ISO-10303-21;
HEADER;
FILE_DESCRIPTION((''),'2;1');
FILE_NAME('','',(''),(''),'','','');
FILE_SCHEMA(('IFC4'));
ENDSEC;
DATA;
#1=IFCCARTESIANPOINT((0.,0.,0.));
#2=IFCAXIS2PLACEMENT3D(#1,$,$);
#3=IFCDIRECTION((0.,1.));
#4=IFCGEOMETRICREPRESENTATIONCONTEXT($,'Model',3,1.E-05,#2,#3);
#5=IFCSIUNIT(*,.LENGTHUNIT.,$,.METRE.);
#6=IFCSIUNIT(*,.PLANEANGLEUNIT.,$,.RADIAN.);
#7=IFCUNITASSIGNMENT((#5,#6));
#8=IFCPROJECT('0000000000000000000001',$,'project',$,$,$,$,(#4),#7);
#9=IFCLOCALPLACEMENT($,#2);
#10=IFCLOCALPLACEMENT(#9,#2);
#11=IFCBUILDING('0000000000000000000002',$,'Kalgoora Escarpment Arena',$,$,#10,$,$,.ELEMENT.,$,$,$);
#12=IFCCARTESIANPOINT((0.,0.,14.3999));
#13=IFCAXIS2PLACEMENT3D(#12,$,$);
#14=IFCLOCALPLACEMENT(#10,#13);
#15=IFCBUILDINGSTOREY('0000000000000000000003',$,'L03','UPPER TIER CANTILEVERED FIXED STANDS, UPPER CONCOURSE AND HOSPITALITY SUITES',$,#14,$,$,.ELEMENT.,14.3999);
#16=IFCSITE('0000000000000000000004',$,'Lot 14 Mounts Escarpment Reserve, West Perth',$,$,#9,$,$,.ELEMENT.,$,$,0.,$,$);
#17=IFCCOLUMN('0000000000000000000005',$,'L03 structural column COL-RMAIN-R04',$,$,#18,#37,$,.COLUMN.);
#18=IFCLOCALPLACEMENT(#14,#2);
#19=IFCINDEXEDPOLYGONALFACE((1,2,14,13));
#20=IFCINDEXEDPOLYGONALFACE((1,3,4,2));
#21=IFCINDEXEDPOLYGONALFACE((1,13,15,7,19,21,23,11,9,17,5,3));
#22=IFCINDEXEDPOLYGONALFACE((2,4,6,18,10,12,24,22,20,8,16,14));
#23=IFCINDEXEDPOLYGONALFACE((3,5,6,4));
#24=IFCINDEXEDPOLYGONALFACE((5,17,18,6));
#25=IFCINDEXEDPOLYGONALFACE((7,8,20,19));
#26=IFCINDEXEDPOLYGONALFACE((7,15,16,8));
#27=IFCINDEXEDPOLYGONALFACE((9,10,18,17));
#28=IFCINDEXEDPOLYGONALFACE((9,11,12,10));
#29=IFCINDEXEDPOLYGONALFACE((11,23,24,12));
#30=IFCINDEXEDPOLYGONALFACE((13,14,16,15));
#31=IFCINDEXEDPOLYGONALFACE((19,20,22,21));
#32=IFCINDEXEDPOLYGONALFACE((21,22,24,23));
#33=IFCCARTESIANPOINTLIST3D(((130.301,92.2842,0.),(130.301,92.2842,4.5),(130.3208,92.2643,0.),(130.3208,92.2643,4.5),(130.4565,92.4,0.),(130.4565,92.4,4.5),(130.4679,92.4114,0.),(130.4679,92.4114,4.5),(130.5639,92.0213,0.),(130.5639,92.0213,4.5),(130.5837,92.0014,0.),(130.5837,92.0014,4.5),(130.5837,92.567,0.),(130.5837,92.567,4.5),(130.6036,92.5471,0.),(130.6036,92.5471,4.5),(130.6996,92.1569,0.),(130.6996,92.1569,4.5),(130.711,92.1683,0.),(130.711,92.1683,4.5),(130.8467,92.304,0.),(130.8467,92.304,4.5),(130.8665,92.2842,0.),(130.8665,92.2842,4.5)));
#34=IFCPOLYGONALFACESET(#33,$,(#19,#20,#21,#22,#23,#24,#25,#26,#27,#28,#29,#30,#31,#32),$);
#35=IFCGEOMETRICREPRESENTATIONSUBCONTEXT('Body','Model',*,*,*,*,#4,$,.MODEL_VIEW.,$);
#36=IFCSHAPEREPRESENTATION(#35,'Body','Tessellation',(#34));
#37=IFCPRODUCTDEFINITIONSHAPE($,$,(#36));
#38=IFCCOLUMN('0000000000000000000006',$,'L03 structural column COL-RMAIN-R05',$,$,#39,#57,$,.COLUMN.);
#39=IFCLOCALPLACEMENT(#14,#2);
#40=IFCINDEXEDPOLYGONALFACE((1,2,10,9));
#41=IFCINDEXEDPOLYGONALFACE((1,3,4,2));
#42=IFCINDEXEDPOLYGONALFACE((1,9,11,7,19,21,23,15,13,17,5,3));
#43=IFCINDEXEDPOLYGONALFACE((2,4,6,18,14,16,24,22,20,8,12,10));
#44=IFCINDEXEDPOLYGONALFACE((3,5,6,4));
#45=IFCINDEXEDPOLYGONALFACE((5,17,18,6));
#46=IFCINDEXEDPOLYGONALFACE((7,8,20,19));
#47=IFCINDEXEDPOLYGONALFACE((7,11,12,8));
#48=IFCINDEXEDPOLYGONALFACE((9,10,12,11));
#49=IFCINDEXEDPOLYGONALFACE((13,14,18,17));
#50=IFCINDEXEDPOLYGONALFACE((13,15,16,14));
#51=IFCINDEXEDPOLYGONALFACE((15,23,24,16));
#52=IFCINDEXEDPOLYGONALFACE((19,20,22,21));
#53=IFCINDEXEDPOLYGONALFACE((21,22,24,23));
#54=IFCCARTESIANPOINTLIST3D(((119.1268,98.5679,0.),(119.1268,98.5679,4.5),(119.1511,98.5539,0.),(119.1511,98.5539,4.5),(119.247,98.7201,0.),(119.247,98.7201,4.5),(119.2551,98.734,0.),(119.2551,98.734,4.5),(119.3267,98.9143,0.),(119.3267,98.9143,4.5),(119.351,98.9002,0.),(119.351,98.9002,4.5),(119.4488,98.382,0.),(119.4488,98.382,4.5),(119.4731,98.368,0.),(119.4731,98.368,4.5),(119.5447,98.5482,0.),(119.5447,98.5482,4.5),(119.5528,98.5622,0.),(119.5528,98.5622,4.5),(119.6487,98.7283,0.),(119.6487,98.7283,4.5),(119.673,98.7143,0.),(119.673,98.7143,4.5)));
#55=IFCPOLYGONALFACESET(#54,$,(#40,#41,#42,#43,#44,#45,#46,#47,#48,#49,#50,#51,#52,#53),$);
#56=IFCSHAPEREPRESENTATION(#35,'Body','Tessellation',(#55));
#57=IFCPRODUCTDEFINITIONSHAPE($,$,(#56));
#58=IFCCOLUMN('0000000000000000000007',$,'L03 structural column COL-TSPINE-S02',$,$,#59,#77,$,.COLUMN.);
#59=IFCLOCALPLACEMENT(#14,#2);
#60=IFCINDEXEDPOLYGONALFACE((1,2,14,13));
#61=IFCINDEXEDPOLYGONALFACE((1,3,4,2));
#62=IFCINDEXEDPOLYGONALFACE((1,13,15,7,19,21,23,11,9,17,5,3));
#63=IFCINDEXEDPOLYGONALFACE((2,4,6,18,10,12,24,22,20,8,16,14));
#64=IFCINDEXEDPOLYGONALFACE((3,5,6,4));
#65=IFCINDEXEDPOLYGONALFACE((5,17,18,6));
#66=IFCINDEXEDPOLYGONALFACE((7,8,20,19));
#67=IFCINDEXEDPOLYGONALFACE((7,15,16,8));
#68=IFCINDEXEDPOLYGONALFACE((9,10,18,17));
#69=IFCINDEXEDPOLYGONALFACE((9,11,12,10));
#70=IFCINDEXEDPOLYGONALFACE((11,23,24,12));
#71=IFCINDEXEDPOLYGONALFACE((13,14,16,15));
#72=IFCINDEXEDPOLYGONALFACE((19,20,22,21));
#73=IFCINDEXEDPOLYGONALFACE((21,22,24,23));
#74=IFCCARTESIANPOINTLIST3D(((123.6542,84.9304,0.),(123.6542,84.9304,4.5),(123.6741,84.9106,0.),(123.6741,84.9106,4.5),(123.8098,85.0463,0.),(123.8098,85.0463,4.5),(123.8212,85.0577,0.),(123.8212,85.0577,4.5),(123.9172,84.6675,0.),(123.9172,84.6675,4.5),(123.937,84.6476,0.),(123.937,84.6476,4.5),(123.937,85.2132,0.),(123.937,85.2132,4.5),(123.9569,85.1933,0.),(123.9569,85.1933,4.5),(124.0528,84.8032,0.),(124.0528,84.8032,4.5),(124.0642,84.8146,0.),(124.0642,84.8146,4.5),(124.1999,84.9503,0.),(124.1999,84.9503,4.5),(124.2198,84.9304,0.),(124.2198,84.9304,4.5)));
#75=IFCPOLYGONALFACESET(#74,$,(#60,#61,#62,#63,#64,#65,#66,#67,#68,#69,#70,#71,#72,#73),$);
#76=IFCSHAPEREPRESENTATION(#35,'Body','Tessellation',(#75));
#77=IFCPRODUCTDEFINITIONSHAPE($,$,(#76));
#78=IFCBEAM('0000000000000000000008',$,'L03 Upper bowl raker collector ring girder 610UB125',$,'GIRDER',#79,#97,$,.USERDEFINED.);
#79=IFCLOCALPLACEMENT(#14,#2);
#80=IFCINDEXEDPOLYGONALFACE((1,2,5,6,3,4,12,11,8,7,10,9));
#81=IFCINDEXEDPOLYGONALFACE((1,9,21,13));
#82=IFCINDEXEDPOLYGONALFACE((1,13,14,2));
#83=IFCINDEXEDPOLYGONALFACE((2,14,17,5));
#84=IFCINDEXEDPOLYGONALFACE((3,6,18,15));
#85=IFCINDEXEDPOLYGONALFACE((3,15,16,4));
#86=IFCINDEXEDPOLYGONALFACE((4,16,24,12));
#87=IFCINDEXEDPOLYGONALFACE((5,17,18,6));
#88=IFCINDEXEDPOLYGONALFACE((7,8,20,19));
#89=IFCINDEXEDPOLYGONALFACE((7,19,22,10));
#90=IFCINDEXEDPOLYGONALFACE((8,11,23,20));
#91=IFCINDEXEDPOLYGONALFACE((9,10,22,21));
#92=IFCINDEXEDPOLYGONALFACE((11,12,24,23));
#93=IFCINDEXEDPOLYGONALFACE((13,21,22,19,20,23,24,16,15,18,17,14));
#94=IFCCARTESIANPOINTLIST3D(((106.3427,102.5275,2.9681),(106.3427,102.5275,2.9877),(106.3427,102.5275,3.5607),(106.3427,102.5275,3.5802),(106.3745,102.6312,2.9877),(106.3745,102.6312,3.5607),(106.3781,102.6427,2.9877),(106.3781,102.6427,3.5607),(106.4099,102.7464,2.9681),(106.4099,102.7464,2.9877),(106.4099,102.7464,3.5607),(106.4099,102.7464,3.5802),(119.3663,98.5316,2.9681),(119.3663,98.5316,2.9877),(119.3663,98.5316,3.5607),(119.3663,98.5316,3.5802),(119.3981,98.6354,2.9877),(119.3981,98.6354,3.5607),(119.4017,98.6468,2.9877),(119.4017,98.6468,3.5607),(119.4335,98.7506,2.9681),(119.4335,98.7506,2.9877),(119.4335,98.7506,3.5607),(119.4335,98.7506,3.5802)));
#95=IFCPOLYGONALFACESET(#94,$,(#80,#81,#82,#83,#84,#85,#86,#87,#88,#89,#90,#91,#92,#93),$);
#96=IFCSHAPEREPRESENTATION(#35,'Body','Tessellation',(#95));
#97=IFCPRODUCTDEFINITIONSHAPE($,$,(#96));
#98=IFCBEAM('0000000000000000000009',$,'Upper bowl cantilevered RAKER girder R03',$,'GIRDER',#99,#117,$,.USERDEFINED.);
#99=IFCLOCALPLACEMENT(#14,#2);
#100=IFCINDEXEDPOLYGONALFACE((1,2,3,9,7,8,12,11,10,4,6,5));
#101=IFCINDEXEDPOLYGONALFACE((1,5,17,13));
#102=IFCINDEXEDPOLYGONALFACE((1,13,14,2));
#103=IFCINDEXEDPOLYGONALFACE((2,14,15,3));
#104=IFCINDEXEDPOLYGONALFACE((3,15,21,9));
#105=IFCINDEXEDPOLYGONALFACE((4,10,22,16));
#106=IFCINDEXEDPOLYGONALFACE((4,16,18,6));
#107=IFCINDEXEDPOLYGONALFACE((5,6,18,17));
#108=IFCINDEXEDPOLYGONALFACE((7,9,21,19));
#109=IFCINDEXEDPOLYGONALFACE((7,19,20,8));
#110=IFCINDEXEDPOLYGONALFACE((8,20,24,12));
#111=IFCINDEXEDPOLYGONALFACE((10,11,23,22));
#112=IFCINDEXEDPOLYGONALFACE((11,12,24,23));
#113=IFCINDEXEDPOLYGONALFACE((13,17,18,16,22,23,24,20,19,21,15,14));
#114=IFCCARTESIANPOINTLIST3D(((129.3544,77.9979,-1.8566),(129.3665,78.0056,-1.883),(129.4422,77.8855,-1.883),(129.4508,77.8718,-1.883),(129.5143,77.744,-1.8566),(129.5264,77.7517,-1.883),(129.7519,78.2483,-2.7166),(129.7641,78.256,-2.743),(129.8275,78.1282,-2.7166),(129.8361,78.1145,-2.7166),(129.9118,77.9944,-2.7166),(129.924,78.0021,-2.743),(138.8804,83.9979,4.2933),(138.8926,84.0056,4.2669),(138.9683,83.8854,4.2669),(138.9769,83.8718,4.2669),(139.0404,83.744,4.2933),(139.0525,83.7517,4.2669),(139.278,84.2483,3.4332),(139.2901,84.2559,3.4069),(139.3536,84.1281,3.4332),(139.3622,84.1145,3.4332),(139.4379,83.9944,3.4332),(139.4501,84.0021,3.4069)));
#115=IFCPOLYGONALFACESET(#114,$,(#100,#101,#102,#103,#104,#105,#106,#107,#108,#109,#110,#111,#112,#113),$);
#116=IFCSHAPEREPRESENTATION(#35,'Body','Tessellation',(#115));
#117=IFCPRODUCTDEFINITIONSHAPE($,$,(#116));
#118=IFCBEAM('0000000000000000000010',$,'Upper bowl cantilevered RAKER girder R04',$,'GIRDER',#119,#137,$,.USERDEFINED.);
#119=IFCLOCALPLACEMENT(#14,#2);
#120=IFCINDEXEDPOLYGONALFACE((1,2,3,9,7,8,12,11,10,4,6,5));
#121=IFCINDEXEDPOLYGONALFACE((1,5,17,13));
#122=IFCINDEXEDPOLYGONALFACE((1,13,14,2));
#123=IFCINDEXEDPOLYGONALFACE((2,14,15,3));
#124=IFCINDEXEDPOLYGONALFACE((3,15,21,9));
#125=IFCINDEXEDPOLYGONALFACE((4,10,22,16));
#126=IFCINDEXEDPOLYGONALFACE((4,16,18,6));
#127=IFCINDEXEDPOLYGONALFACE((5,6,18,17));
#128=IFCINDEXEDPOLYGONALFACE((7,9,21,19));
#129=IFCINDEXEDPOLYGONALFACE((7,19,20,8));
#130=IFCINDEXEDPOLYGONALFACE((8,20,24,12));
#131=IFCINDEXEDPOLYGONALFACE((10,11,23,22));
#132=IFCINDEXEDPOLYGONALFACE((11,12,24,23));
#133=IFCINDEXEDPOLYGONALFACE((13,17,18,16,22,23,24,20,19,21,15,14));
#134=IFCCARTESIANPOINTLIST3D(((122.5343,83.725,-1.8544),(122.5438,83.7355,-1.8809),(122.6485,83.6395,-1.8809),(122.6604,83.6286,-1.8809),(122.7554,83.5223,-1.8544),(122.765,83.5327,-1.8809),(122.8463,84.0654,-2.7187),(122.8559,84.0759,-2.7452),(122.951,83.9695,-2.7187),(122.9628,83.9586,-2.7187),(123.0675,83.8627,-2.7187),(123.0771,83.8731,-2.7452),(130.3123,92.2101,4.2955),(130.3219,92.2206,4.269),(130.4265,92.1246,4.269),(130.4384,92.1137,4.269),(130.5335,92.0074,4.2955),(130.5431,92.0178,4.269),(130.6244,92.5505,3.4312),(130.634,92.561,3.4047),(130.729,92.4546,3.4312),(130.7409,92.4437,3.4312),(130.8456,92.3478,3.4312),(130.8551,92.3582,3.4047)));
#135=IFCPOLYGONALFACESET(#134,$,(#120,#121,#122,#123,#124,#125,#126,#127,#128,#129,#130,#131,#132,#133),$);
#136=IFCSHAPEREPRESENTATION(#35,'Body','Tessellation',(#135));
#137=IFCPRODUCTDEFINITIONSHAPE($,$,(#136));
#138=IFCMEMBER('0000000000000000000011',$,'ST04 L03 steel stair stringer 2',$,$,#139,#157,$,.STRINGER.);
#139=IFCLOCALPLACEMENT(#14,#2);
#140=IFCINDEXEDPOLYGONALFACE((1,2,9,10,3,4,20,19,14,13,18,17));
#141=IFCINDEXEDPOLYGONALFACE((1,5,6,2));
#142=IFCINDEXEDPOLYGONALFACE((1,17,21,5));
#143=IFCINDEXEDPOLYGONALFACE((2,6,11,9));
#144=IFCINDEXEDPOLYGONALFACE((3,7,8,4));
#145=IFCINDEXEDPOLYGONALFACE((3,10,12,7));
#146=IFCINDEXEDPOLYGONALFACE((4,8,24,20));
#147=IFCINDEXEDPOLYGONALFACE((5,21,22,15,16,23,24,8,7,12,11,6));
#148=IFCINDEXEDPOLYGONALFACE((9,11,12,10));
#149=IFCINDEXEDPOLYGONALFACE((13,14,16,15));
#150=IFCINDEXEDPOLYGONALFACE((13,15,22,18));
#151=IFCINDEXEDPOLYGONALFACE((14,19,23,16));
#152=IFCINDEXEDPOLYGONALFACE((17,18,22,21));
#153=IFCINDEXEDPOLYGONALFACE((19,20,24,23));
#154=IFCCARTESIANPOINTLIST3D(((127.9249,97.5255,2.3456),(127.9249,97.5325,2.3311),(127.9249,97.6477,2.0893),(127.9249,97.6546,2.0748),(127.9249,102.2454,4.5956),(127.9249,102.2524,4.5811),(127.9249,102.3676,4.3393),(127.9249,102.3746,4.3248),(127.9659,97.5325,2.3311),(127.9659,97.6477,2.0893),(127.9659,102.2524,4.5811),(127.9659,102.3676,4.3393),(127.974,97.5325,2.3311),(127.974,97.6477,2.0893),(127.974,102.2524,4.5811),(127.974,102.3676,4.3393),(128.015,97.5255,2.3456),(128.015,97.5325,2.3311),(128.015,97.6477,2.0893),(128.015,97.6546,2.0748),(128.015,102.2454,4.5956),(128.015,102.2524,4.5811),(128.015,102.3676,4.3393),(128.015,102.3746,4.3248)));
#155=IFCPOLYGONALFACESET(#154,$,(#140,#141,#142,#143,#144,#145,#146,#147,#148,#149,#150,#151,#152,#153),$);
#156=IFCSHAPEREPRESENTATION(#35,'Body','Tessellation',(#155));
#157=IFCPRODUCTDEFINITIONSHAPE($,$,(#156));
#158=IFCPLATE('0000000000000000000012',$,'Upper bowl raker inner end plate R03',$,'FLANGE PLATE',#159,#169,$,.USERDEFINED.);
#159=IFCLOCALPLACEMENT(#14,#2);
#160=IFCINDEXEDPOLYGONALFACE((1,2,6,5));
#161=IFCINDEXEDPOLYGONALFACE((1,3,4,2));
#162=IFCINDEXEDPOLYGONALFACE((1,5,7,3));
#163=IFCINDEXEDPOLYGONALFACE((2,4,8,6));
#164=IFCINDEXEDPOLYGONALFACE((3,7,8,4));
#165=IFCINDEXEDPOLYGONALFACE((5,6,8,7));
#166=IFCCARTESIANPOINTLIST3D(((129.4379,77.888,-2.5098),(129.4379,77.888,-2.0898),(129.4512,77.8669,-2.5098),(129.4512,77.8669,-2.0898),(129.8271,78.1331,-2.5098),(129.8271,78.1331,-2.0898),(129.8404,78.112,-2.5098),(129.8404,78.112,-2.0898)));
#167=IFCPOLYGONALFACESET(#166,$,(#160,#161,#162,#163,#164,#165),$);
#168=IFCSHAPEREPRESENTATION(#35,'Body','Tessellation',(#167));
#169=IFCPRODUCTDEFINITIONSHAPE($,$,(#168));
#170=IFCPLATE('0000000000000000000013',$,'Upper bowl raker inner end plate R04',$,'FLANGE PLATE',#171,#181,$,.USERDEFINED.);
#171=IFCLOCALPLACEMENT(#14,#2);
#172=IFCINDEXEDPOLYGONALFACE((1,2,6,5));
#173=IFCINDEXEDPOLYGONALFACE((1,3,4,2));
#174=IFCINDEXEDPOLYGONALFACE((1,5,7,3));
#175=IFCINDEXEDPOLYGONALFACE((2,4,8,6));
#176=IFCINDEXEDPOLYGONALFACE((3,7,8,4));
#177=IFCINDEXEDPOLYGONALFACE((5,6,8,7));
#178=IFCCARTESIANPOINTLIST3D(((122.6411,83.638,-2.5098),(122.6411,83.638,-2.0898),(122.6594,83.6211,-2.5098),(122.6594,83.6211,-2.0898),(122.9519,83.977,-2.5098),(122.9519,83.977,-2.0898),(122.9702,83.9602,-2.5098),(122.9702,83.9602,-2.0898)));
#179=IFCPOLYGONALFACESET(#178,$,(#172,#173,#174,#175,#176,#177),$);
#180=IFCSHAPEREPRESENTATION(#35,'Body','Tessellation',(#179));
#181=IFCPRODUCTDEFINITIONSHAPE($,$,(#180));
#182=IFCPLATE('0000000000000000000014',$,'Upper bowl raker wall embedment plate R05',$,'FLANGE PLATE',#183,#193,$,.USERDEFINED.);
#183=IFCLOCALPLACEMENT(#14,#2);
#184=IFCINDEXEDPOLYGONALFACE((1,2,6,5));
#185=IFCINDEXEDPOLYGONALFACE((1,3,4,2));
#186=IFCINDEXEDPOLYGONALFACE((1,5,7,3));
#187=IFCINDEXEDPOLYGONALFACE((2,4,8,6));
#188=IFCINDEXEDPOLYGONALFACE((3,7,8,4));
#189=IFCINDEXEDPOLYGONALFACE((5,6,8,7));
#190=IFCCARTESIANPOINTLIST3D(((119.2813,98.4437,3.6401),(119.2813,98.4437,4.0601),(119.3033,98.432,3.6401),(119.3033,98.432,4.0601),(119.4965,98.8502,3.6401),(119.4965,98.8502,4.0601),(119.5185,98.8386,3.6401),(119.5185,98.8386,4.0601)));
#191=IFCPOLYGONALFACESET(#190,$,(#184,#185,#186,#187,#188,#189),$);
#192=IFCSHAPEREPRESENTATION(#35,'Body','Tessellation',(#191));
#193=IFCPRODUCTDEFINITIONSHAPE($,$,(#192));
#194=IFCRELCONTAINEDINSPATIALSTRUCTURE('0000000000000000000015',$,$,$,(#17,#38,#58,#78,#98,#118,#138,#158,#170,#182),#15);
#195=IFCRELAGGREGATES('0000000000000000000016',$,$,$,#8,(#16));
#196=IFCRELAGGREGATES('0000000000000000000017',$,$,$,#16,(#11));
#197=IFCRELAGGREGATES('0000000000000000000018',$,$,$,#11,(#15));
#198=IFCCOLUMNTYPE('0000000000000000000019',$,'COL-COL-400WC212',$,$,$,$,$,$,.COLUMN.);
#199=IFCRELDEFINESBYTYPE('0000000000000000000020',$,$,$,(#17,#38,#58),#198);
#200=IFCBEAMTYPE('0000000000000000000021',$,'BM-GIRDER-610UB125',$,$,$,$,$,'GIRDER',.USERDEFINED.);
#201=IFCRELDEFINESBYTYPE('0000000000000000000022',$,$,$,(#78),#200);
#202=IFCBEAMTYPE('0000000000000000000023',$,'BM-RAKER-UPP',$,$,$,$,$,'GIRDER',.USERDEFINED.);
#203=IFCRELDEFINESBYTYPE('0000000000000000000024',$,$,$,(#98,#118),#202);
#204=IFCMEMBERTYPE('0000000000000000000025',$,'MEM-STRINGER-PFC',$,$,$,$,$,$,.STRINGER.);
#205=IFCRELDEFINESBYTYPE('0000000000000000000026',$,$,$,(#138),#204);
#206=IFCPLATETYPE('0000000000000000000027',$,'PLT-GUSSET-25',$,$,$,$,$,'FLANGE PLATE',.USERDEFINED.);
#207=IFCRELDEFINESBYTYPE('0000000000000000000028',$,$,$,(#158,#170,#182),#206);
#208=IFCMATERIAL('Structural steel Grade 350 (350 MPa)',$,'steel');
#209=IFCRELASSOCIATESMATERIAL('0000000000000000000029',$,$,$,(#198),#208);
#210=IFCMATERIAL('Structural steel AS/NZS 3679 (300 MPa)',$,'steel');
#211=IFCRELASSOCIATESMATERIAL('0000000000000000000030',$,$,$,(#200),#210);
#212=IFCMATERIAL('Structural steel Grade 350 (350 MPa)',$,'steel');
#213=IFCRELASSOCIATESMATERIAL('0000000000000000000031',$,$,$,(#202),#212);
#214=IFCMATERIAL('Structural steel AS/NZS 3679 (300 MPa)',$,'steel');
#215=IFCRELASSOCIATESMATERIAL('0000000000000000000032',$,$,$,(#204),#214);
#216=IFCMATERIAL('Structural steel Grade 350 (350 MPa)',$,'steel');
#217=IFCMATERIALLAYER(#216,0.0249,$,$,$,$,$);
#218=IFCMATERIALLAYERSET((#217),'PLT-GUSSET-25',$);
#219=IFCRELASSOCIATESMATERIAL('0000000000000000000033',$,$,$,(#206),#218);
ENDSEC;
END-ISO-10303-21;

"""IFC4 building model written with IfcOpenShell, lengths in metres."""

from ifc_helpers import new_model, si_unit, direction, frame, origin, origin_2d, place, context, subcontext, project, spatial, rectangle, i_section, extrude, material, layer, layer_set, material_profile, profile_set, type_object, element, save


model = new_model("IFC4")

# Units and contexts
model_context = context("Model", 3, precision=1e-05, world=origin(), true_north=direction((0.0, 1.0)))
body_context = subcontext(model_context, "Body", "Model", "MODEL_VIEW")
ifc_project = project(units=[si_unit("LENGTHUNIT", "METRE"), si_unit("PLANEANGLEUNIT", "RADIAN")], contexts=[model_context])

# Site, building, storey
site_placement = place(None, origin())
site = spatial("IfcSite", under=ifc_project, at=site_placement, Name="Lot 14 Mounts Escarpment Reserve, West Perth", CompositionType="ELEMENT", RefElevation=0.0)
building_placement = place(site_placement, origin())
building = spatial("IfcBuilding", under=site, at=building_placement, Name="Kalgoora Escarpment Arena", CompositionType="ELEMENT")
storey_placement = place(building_placement, frame((0.0, 0.0, 14.3999)))
storey = spatial("IfcBuildingStorey", under=building, at=storey_placement, Name="L03", Description="UPPER TIER CANTILEVERED FIXED STANDS, UPPER CONCOURSE AND HOSPITALITY SUITES", CompositionType="ELEMENT", Elevation=14.3999)

# Columns
ifc_material_1 = material(Name="Structural steel Grade 350 (350 MPa)", Category="steel")
ifc_material_profile_1 = material_profile(ifc_material_1, i_section(OverallWidth=0.3999, OverallDepth=0.3999, WebThickness=0.0161, FlangeThickness=0.0281, at=origin_2d()))
ifc_profile_set_1 = profile_set([ifc_material_profile_1], Name="Structural steel Grade 350 (350 MPa)")
column_type = type_object("IfcColumnType", Name="COL-COL-400WC212", PredefinedType="COLUMN", material=ifc_profile_set_1)
for number, where, z_axis, x_axis, name in (
    (1, (130.5837, 92.2842, 0.0), (0.0, 0.0, 1.0), (0.707107, 0.707107, 0.0), "L03 structural column COL-RMAIN-R04"),
    (2, (119.3999, 98.6411, 0.0), (0.0, 0.0, 1.0), (0.5, 0.866025, 0.0), "L03 structural column COL-RMAIN-R05"),
    (3, (123.937, 84.9304, 0.0), (0.0, 0.0, 1.0), (0.707107, 0.707107, 0.0), "L03 structural column COL-TSPINE-S02"),
):
    element("IfcColumn", number, at=place(storey_placement, frame(where, z_axis=z_axis, x_axis=x_axis)), inside=storey, type_object=column_type, Name=name, PredefinedType="COLUMN", context=body_context, shape_type="SweptSolid", body=[
        extrude(i_section(OverallWidth=0.3999, OverallDepth=0.3999, WebThickness=0.0161, FlangeThickness=0.0281, at=origin_2d()), origin(), (0.0, 0.0, 1.0), 4.5),
    ])

# Beams
ifc_material_2 = material(Name="Structural steel AS/NZS 3679 (300 MPa)", Category="steel")
ifc_material_profile_2 = material_profile(ifc_material_2, i_section(OverallWidth=0.229, OverallDepth=0.6121, WebThickness=0.012, FlangeThickness=0.0195, at=origin_2d()))
ifc_profile_set_2 = profile_set([ifc_material_profile_2], Name="Structural steel AS/NZS 3679 (300 MPa)")
beam_type_1 = type_object("IfcBeamType", Name="BM-GIRDER-610UB125", ElementType="GIRDER", PredefinedType="USERDEFINED", material=ifc_profile_set_2)
beam_1_placement = place(storey_placement, frame((119.3999, 98.6411, 3.2742), z_axis=(-0.956015, 0.293319, 0.0), x_axis=(-0.293319, -0.956015, 0.0)))
element("IfcBeam", 4, at=beam_1_placement, inside=storey, type_object=beam_type_1, Name="L03 Upper bowl raker collector ring girder 610UB125", ObjectType="GIRDER", PredefinedType="USERDEFINED", context=body_context, shape_type="SweptSolid", body=[
    extrude(i_section(OverallWidth=0.229, OverallDepth=0.6121, WebThickness=0.012, FlangeThickness=0.0195, at=origin_2d()), origin(), (0.0, 0.0, 1.0), 13.6228),
])
ifc_material_3 = material(Name="Structural steel Grade 350 (350 MPa)", Category="steel")
ifc_material_profile_3 = material_profile(ifc_material_3, i_section(OverallWidth=0.3, OverallDepth=1.01, WebThickness=0.0161, FlangeThickness=0.03, at=origin_2d()))
ifc_profile_set_3 = profile_set([ifc_material_profile_3], Name="Structural steel Grade 350 (350 MPa)")
beam_type_2 = type_object("IfcBeamType", Name="BM-RAKER-UPP", ElementType="GIRDER", PredefinedType="USERDEFINED", material=ifc_profile_set_3)
beam_2_placement = place(storey_placement, frame((129.6392, 78.0, -2.2998), z_axis=(0.74258, 0.467712, 0.479397), x_axis=(-0.532945, 0.84615, 0.0)))
element("IfcBeam", 5, at=beam_2_placement, inside=storey, type_object=beam_type_2, Name="Upper bowl cantilevered RAKER girder R03", ObjectType="GIRDER", PredefinedType="USERDEFINED", context=body_context, shape_type="SweptSolid", body=[
    extrude(i_section(OverallWidth=0.3, OverallDepth=1.01, WebThickness=0.0161, FlangeThickness=0.03, at=origin_2d()), origin(), (0.0, 0.0, 1.0), 12.8284),
])
beam_3_placement = place(storey_placement, frame((122.8057, 83.7991, -2.2998), z_axis=(0.595996, 0.650172, 0.471237), x_axis=(-0.737151, 0.675728, 0.0)))
element("IfcBeam", 6, at=beam_3_placement, inside=storey, type_object=beam_type_2, Name="Upper bowl cantilevered RAKER girder R04", ObjectType="GIRDER", PredefinedType="USERDEFINED", context=body_context, shape_type="SweptSolid", body=[
    extrude(i_section(OverallWidth=0.3, OverallDepth=1.01, WebThickness=0.0161, FlangeThickness=0.03, at=origin_2d()), origin(), (0.0, 0.0, 1.0), 13.0505),
])

# Member
ifc_material_4 = material(Name="Structural steel AS/NZS 3679 (300 MPa)", Category="steel")
ifc_material_profile_4 = material_profile(ifc_material_4, i_section(OverallWidth=0.0901, OverallDepth=0.3, WebThickness=0.0081, FlangeThickness=0.0161, at=origin_2d()))
ifc_profile_set_4 = profile_set([ifc_material_profile_4], Name="Structural steel AS/NZS 3679 (300 MPa)")
member_type = type_object("IfcMemberType", Name="MEM-STRINGER-PFC", PredefinedType="STRINGER", material=ifc_profile_set_4)
member_placement = place(storey_placement, frame((127.97, 97.5901, 2.2102), z_axis=(0.0, 0.902683, 0.430307), x_axis=(-1.0, 0.0, 0.0)))
element("IfcMember", 7, at=member_placement, inside=storey, type_object=member_type, Name="ST04 L03 steel stair stringer 2", PredefinedType="STRINGER", context=body_context, shape_type="SweptSolid", body=[
    extrude(i_section(OverallWidth=0.0901, OverallDepth=0.3, WebThickness=0.0081, FlangeThickness=0.0161, at=origin_2d()), origin(), (0.0, 0.0, 1.0), 5.2288),
])

# Plates
ifc_material_5 = material(Name="Structural steel Grade 350 (350 MPa)", Category="steel")
ifc_layer_1 = layer(ifc_material_5, 0.0249)
ifc_layer_set_1 = layer_set([ifc_layer_1], Name="PLT-GUSSET-25")
plate_type = type_object("IfcPlateType", Name="PLT-GUSSET-25", ElementType="FLANGE PLATE", PredefinedType="USERDEFINED", material=ifc_layer_set_1)
for number, where, z_axis, x_axis, name in (
    (8, (129.6392, 78.0, -2.5098), (0.0, 0.0, 1.0), (0.846193, 0.532876, 0.0), "Upper bowl raker inner end plate R03"),
    (9, (122.8057, 83.7991, -2.5098), (0.0, 0.0, 1.0), (0.675719, 0.737159, 0.0), "Upper bowl raker inner end plate R04"),
    (10, (119.3999, 98.6411, 3.6401), (0.0, 0.0, 1.0), (0.467776, 0.883847, 0.0), "Upper bowl raker wall embedment plate R05"),
):
    element("IfcPlate", number, at=place(storey_placement, frame(where, z_axis=z_axis, x_axis=x_axis)), inside=storey, type_object=plate_type, Name=name, ObjectType="FLANGE PLATE", PredefinedType="USERDEFINED", context=body_context, shape_type="SweptSolid", body=[
        extrude(rectangle(XDim=0.46, YDim=0.0249, at=origin_2d()), origin(), (0.0, 0.0, 1.0), 0.4199),
    ])

save(model, "model.ifc")
